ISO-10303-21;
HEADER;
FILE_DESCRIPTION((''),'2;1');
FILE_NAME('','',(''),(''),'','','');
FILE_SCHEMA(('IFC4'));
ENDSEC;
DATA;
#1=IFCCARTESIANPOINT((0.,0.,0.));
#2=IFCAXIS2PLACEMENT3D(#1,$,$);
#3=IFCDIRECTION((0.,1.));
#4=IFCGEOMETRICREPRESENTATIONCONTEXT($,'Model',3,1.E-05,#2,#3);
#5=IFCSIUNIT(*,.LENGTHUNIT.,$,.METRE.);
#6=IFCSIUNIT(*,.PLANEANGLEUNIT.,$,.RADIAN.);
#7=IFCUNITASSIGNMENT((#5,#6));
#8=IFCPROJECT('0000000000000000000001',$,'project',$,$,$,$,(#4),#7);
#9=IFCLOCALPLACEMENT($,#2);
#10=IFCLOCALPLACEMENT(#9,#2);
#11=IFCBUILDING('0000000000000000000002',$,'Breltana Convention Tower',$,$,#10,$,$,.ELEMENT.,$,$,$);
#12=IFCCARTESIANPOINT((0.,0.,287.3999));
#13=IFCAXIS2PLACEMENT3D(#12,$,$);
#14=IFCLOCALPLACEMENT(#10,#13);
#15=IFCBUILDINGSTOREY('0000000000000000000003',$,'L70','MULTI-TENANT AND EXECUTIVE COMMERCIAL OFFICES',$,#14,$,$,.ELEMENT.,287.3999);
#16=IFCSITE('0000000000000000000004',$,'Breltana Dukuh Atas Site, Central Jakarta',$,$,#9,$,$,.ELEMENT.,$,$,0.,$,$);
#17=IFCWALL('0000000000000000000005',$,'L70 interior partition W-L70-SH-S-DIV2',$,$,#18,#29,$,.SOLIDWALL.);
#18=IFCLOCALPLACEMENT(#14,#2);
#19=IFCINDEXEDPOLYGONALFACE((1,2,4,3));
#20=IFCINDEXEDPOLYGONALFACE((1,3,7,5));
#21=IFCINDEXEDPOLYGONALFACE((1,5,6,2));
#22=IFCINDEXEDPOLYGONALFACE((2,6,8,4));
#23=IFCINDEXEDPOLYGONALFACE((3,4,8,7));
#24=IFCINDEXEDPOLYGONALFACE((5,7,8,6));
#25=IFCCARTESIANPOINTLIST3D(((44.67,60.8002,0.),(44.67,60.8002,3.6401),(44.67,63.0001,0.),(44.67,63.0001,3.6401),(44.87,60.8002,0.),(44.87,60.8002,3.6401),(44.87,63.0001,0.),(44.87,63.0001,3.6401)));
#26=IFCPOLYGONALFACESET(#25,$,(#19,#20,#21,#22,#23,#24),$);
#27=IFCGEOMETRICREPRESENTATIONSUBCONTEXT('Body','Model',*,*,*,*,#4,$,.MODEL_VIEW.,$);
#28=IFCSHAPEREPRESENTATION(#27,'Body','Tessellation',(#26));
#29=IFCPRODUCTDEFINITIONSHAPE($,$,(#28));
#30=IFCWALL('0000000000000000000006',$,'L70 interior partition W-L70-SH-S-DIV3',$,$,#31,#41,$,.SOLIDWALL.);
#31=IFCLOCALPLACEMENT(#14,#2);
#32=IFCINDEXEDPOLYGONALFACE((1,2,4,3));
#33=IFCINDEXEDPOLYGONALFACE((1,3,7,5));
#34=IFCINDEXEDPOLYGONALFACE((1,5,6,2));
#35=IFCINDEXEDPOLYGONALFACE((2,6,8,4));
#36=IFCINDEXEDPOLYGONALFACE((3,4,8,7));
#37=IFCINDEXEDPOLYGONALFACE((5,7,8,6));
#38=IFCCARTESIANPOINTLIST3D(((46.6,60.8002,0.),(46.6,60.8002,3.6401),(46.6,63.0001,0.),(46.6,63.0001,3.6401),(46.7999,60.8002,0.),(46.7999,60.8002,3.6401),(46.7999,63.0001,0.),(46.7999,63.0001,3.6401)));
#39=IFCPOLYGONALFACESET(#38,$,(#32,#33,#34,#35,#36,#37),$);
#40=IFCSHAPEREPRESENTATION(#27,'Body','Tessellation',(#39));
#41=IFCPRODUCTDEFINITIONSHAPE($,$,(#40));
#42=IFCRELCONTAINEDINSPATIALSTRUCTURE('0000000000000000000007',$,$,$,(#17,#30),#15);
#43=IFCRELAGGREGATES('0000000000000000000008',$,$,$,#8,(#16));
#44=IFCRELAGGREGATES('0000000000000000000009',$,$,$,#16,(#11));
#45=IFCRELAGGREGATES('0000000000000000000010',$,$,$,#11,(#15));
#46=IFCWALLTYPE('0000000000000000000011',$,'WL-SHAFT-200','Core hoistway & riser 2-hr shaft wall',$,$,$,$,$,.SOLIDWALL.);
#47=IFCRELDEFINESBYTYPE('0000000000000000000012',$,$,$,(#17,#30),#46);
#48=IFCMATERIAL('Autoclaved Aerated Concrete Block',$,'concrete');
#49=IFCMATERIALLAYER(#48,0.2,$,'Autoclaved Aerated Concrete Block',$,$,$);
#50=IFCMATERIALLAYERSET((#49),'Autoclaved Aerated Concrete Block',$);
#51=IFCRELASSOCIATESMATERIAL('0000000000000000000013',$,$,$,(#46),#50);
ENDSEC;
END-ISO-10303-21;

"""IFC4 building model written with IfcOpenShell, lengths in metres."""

from ifc_helpers import new_model, si_unit, direction, frame, frame_2d, origin, place, context, subcontext, project, spatial, rectangle, extrude, source, transform, mapped, material, layer, layer_set, type_object, element, save


model = new_model("IFC4")

# Units and contexts
model_context = context("Model", 3, precision=1e-05, world=origin(), true_north=direction((0.0, 1.0)))
body_context = subcontext(model_context, "Body", "Model", "MODEL_VIEW")
ifc_project = project(units=[si_unit("LENGTHUNIT", "METRE"), si_unit("PLANEANGLEUNIT", "RADIAN")], contexts=[model_context])

# Site, building, storey
site_placement = place(None, origin())
site = spatial("IfcSite", under=ifc_project, at=site_placement, Name="Breltana Dukuh Atas Site, Central Jakarta", CompositionType="ELEMENT", RefElevation=0.0)
building_placement = place(site_placement, origin())
building = spatial("IfcBuilding", under=site, at=building_placement, Name="Breltana Convention Tower", CompositionType="ELEMENT")
storey_placement = place(building_placement, frame((0.0, 0.0, 287.3999)))
storey = spatial("IfcBuildingStorey", under=building, at=storey_placement, Name="L70", Description="MULTI-TENANT AND EXECUTIVE COMMERCIAL OFFICES", CompositionType="ELEMENT", Elevation=287.3999)

# Walls
ifc_material_1 = material(Name="Autoclaved Aerated Concrete Block", Category="concrete")
ifc_layer_1 = layer(ifc_material_1, 0.2, Name="Autoclaved Aerated Concrete Block")
ifc_layer_set_1 = layer_set([ifc_layer_1], Name="Autoclaved Aerated Concrete Block")
wall_type_1 = type_object("IfcWallType", Name="WL-SHAFT-200", Description="Core hoistway & riser 2-hr shaft wall", PredefinedType="SOLIDWALL", material=ifc_layer_set_1)
shared_shape_1 = source(origin(), body_context, "Body", "SweptSolid", [
    extrude(rectangle(XDim=2.2, YDim=0.2, at=frame_2d((1.1001, 0.0))), origin(), (0.0, 0.0, 1.0), 3.6401),
])
for number, where, z_axis, x_axis, name in (
    (1, (44.77, 60.8, 0.0), (0.0, 0.0, 1.0), (0.0, 1.0, 0.0), "L70 interior partition W-L70-SH-S-DIV2"),
    (2, (46.7, 60.8, 0.0), (0.0, 0.0, 1.0), (0.0, 1.0, 0.0), "L70 interior partition W-L70-SH-S-DIV3"),
):
    element("IfcWall", number, at=place(storey_placement, frame(where, z_axis=z_axis, x_axis=x_axis)), inside=storey, type_object=wall_type_1, Name=name, PredefinedType="SOLIDWALL", context=body_context, shape_type="MappedRepresentation", body=[
        mapped(shared_shape_1, transform((0.0, 0.0, 0.0), scale=1.0)),
    ])

save(model, "model.ifc")
